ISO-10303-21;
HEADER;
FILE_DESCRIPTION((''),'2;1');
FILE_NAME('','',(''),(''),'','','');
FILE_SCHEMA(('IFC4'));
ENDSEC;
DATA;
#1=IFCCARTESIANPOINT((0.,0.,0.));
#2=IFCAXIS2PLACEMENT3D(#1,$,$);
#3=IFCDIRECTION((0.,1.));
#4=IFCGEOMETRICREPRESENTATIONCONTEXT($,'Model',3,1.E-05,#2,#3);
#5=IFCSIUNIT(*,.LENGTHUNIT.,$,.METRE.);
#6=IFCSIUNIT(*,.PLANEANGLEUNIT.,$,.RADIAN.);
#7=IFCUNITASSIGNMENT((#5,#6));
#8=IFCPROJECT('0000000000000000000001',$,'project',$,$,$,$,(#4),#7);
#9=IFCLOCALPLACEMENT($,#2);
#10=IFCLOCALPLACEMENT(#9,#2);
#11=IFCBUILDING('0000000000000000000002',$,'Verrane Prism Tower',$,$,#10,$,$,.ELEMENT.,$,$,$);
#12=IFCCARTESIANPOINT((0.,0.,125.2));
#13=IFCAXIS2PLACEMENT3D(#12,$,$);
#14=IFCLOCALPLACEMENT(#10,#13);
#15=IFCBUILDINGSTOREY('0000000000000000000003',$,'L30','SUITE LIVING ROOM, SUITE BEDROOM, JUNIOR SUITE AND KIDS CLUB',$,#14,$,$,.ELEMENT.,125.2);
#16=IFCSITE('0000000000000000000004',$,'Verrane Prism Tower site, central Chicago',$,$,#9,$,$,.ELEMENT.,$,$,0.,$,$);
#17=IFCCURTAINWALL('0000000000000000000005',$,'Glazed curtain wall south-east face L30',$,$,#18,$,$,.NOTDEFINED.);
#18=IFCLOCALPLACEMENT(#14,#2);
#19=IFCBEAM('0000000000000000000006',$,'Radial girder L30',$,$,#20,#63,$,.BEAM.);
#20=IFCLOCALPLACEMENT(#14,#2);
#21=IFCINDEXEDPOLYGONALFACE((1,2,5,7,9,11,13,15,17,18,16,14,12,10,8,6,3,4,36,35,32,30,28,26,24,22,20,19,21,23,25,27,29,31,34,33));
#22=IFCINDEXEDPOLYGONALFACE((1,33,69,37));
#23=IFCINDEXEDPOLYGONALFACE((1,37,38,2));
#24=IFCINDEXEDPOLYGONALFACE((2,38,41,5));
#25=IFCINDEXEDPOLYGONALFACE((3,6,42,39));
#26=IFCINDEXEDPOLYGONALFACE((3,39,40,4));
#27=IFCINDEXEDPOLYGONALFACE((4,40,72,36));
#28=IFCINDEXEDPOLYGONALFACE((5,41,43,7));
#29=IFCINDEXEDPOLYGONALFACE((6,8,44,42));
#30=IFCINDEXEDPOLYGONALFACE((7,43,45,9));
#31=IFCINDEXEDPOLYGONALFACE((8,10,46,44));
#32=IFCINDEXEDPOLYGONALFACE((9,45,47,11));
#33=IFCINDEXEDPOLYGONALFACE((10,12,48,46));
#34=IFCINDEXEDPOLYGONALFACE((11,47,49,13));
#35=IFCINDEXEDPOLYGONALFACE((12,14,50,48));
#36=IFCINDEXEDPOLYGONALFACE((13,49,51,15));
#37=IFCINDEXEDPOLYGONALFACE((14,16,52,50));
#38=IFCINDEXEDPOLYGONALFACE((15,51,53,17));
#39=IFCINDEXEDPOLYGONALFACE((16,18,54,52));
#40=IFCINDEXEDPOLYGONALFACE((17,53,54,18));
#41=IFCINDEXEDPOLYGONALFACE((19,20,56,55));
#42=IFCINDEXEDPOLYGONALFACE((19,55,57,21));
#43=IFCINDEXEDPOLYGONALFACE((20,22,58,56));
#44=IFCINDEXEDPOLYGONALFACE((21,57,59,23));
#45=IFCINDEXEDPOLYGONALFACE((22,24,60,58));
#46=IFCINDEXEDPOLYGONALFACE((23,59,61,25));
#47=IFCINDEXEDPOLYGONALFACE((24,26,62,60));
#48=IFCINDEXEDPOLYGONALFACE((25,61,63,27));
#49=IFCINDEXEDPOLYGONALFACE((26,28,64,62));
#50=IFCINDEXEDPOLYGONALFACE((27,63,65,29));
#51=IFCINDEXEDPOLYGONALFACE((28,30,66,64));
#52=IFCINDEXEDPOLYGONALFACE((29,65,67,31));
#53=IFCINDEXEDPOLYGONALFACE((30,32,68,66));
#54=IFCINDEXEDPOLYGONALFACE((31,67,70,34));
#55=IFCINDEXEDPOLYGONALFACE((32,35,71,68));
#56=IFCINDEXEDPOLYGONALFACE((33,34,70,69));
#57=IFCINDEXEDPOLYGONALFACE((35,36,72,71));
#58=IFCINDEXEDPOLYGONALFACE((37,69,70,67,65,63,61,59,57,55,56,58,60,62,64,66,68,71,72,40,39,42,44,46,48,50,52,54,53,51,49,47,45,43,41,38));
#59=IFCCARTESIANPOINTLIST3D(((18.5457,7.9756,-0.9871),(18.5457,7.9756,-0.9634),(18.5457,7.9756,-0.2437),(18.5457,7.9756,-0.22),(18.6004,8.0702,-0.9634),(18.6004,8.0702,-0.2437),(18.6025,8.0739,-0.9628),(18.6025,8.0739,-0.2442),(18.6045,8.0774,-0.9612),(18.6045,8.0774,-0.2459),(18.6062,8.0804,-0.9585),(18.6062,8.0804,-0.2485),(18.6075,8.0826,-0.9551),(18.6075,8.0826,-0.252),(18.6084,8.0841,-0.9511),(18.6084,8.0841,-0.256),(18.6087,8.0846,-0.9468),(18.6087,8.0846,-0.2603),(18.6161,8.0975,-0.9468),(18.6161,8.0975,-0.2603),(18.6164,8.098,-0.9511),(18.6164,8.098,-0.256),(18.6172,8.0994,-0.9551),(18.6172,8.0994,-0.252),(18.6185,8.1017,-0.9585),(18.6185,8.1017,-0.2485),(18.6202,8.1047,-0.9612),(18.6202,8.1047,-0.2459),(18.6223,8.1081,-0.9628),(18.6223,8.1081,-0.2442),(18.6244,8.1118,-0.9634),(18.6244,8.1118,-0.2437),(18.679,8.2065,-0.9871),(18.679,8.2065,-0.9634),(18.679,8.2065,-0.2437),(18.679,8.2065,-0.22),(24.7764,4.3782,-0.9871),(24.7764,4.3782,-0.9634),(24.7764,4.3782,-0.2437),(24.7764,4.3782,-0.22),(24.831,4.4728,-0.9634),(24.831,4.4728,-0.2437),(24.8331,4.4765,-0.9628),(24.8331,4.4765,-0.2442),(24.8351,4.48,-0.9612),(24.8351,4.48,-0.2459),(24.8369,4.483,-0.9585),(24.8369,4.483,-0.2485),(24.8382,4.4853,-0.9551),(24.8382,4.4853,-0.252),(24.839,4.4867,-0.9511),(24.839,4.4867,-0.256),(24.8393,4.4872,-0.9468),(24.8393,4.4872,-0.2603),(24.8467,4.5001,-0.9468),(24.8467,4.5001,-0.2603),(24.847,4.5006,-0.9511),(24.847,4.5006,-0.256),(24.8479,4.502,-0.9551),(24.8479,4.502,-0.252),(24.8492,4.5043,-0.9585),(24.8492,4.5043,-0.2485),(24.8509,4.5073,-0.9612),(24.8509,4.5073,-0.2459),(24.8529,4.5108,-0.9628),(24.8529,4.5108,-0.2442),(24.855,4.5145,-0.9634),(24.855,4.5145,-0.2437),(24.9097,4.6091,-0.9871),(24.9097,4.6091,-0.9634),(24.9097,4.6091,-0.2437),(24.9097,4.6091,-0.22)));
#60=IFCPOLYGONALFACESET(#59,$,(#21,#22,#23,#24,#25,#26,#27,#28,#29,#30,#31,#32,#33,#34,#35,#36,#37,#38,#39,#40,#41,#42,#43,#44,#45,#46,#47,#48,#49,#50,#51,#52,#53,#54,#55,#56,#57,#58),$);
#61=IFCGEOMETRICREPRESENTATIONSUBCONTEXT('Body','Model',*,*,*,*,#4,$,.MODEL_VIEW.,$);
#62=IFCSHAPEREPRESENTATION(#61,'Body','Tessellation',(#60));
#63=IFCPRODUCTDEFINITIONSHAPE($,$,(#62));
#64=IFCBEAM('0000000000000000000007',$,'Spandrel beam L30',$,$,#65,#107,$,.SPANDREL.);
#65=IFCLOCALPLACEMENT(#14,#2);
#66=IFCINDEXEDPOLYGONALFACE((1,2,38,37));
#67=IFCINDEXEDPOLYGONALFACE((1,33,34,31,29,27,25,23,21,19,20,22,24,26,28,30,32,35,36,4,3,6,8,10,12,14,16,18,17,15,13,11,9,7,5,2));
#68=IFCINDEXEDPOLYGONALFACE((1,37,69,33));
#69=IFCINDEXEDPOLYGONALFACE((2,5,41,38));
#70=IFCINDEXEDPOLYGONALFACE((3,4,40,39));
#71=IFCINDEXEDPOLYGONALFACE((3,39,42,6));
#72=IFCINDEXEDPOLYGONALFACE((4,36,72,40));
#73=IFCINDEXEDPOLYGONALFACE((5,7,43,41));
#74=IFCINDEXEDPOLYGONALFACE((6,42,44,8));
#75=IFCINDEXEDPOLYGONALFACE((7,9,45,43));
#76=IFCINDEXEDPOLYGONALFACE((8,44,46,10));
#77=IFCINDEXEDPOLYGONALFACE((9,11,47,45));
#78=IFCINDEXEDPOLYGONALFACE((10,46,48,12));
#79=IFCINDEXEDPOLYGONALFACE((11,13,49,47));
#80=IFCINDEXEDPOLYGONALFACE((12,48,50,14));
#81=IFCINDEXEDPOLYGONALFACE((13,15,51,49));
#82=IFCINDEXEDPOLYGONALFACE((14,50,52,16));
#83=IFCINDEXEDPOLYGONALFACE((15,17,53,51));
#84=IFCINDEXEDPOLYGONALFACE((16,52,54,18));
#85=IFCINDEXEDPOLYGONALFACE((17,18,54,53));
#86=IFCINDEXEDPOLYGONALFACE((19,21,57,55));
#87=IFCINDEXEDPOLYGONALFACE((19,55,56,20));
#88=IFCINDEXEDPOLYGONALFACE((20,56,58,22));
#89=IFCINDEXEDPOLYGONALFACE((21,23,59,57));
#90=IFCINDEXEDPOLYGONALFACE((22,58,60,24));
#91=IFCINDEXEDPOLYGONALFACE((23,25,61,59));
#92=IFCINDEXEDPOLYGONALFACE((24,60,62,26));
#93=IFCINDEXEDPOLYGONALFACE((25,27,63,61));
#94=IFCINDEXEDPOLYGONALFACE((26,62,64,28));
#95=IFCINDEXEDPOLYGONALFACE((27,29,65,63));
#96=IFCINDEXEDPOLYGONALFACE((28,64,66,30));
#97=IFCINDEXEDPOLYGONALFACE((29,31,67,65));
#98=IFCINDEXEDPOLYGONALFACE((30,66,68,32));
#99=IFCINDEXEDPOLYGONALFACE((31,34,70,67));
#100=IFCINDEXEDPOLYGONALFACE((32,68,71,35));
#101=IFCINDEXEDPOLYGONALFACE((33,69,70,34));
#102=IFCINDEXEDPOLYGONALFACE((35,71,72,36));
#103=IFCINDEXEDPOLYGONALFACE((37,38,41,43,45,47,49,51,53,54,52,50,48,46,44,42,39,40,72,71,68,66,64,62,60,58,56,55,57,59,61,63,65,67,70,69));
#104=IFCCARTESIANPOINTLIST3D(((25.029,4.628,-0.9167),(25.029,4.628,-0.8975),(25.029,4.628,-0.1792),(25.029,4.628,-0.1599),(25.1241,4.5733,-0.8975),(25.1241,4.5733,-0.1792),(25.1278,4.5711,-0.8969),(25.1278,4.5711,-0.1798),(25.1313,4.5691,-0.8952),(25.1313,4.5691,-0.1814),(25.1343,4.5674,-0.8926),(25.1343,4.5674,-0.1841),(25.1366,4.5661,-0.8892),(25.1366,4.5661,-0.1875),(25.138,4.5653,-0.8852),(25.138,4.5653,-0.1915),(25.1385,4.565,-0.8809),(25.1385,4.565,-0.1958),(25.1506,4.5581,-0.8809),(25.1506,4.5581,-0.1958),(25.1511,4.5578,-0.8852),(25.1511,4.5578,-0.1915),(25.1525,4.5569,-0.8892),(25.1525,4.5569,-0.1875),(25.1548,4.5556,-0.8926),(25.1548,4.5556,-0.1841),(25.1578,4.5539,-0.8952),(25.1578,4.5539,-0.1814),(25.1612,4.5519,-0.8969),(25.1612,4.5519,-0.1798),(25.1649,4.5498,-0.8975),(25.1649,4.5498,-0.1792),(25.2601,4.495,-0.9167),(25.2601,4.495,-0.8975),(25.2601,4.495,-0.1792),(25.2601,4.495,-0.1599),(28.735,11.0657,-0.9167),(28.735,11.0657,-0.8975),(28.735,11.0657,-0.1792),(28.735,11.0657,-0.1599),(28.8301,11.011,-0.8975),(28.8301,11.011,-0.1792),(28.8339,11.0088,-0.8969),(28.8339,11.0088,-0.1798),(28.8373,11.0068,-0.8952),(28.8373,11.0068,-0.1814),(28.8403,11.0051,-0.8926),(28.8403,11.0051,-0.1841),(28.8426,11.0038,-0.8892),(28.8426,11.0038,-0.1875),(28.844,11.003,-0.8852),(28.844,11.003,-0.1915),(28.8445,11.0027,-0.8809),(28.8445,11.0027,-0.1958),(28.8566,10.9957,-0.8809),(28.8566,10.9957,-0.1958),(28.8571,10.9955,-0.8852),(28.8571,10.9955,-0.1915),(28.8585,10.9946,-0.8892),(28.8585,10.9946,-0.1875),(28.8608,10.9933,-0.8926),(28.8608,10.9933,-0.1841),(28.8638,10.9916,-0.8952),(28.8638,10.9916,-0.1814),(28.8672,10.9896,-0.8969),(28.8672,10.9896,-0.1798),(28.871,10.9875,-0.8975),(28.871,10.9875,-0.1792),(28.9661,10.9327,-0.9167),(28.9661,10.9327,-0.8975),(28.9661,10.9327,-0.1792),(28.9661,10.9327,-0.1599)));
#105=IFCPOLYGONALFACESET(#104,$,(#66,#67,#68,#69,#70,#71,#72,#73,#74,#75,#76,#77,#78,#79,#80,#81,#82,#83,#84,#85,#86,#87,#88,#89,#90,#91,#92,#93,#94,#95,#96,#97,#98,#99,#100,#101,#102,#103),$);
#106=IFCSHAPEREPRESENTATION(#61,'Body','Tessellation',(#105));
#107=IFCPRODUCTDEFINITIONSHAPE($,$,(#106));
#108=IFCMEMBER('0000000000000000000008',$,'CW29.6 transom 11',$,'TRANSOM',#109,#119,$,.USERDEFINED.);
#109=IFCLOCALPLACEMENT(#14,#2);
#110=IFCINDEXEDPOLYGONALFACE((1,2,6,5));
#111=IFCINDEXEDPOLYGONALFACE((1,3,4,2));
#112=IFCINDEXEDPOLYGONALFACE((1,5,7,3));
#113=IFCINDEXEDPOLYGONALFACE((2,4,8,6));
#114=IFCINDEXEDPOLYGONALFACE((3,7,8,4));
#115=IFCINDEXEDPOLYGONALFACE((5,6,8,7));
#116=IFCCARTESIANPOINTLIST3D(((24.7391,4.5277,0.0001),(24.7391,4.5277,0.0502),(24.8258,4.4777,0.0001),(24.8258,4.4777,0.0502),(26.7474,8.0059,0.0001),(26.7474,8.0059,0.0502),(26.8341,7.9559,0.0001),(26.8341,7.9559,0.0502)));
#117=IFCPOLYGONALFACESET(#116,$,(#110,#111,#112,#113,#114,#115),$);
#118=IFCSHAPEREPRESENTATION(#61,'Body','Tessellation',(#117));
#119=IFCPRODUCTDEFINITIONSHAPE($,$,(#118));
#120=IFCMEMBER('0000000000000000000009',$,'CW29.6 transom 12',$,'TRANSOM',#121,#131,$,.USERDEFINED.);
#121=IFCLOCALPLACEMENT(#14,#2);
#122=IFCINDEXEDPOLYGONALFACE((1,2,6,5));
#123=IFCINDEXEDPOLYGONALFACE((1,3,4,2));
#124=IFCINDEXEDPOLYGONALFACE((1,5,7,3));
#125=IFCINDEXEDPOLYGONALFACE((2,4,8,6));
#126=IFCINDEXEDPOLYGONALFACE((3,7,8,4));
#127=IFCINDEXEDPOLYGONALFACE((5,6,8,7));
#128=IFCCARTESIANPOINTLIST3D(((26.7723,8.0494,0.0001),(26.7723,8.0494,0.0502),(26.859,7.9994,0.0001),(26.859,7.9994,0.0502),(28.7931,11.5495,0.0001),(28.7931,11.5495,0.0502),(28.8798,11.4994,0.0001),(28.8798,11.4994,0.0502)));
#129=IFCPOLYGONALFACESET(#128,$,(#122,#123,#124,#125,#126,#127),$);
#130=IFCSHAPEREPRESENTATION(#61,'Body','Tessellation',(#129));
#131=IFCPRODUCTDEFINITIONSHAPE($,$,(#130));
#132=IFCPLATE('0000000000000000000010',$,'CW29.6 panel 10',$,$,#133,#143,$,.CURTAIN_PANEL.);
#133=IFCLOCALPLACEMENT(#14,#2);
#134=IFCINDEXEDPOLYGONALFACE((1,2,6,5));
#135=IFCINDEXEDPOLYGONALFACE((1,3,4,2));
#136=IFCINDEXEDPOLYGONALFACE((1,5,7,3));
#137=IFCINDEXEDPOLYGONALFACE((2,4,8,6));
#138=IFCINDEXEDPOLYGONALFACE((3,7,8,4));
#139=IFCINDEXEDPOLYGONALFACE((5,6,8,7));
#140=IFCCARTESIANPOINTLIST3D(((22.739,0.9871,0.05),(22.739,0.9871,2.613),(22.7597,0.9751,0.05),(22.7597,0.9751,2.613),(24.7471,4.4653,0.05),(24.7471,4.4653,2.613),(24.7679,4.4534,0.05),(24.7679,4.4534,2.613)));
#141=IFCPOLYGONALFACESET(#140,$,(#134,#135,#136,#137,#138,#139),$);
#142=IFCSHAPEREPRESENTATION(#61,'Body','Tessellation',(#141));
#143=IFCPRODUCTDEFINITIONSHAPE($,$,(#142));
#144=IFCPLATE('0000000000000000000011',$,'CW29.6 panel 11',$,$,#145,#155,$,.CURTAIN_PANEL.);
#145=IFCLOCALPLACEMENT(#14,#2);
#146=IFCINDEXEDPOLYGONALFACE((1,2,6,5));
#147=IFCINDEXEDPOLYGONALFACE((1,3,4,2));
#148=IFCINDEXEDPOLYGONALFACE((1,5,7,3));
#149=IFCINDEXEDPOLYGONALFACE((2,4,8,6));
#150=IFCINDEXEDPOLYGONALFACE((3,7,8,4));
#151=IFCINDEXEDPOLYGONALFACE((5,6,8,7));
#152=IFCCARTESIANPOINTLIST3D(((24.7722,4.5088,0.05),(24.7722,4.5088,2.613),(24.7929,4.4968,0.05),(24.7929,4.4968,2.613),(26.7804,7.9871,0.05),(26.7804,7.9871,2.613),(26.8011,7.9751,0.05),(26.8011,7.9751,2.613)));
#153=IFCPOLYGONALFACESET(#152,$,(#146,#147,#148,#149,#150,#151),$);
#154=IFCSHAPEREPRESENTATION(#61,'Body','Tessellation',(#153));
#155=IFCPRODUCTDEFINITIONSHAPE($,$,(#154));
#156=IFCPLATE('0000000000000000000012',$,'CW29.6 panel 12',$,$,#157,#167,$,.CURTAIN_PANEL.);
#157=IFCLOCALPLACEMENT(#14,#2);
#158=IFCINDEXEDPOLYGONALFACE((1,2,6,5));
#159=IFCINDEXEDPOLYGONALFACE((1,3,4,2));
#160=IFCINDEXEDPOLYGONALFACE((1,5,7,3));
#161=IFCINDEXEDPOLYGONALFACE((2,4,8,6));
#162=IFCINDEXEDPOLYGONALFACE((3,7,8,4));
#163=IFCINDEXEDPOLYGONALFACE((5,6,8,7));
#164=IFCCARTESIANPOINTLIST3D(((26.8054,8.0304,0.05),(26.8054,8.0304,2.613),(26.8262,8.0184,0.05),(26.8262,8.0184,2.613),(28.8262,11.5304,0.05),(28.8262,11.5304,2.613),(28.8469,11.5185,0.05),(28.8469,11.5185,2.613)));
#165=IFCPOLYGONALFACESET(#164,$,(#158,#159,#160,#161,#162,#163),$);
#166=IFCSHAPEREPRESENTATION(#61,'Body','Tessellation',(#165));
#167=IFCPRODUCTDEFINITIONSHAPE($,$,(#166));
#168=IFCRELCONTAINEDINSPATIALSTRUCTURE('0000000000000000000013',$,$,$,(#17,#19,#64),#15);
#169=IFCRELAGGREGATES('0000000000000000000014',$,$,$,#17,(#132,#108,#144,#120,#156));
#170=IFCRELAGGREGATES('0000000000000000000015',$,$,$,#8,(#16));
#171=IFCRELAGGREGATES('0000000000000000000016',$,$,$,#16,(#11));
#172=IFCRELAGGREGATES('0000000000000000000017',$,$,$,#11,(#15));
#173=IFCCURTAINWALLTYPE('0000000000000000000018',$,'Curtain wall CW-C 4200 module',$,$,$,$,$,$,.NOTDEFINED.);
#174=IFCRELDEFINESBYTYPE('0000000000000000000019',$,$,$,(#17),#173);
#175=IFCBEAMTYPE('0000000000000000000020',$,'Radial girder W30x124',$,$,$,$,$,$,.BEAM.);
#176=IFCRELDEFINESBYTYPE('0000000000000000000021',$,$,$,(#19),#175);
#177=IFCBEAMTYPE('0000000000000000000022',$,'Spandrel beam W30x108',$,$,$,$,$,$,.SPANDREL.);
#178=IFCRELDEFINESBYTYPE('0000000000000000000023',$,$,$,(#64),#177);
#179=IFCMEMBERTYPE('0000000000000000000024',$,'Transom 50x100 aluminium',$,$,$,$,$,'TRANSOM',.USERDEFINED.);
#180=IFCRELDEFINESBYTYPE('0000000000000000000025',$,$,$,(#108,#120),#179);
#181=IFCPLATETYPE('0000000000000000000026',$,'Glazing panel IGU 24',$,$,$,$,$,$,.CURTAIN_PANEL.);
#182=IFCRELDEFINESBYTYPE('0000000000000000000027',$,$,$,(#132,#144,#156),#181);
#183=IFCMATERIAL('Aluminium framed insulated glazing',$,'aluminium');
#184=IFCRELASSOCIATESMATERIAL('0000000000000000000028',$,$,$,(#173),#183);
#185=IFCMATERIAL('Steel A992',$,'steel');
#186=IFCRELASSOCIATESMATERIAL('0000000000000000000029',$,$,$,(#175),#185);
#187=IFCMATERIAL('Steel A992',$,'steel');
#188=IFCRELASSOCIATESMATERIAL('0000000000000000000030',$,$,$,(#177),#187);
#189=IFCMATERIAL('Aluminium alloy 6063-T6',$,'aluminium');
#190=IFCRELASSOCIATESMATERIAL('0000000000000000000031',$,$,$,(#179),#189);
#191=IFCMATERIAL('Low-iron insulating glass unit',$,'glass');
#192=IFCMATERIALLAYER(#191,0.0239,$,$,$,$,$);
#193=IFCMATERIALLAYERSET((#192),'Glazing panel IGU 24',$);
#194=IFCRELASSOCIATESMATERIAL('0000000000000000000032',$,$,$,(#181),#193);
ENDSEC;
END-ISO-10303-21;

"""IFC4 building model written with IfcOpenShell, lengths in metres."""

from ifc_helpers import new_model, si_unit, direction, frame, origin, origin_2d, place, context, subcontext, project, spatial, rectangle, i_section, extrude, material, layer, layer_set, material_profile, profile_set, type_object, element, aggregate, save


model = new_model("IFC4")

# Units and contexts
model_context = context("Model", 3, precision=1e-05, world=origin(), true_north=direction((0.0, 1.0)))
body_context = subcontext(model_context, "Body", "Model", "MODEL_VIEW")
ifc_project = project(units=[si_unit("LENGTHUNIT", "METRE"), si_unit("PLANEANGLEUNIT", "RADIAN")], contexts=[model_context])

# Site, building, storey
site_placement = place(None, origin())
site = spatial("IfcSite", under=ifc_project, at=site_placement, Name="Verrane Prism Tower site, central Chicago", CompositionType="ELEMENT", RefElevation=0.0)
building_placement = place(site_placement, origin())
building = spatial("IfcBuilding", under=site, at=building_placement, Name="Verrane Prism Tower", CompositionType="ELEMENT")
storey_placement = place(building_placement, frame((0.0, 0.0, 125.2)))
storey = spatial("IfcBuildingStorey", under=building, at=storey_placement, Name="L30", Description="SUITE LIVING ROOM, SUITE BEDROOM, JUNIOR SUITE AND KIDS CLUB", CompositionType="ELEMENT", Elevation=125.2)

# Curtain wall
ifc_material_1 = material(Name="Aluminium framed insulated glazing", Category="aluminium")
curtain_wall_type = type_object("IfcCurtainWallType", Name="Curtain wall CW-C 4200 module", PredefinedType="NOTDEFINED", material=ifc_material_1)
curtain_wall_placement = place(storey_placement, origin())
curtain_wall = element("IfcCurtainWall", 1, at=curtain_wall_placement, inside=storey, type_object=curtain_wall_type, Name="Glazed curtain wall south-east face L30", PredefinedType="NOTDEFINED")

# Beams
ifc_material_2 = material(Name="Steel A992", Category="steel")
ifc_material_profile_1 = material_profile(ifc_material_2, i_section(OverallWidth=0.2666, OverallDepth=0.7671, WebThickness=0.0149, FlangeThickness=0.0237, FilletRadius=0.0166, at=origin_2d()), Name="W30x124")
ifc_profile_set_1 = profile_set([ifc_material_profile_1], Name="Steel A992")
beam_type_1 = type_object("IfcBeamType", Name="Radial girder W30x124", PredefinedType="BEAM", material=ifc_profile_set_1)
beam_1_placement = place(storey_placement, frame((24.843, 4.4937, -0.6035), z_axis=(-0.866019, 0.500011, 0.0), x_axis=(-0.500011, -0.866019, 0.0)))
element("IfcBeam", 2, at=beam_1_placement, inside=storey, type_object=beam_type_1, Name="Radial girder L30", PredefinedType="BEAM", context=body_context, shape_type="SweptSolid", body=[
    extrude(i_section(OverallWidth=0.2666, OverallDepth=0.7671, WebThickness=0.0149, FlangeThickness=0.0237, FilletRadius=0.0166, at=origin_2d()), origin(), (0.0, 0.0, 1.0), 7.1946),
])
ifc_material_3 = material(Name="Steel A992", Category="steel")
ifc_material_profile_2 = material_profile(ifc_material_3, i_section(OverallWidth=0.2666, OverallDepth=0.7568, WebThickness=0.0139, FlangeThickness=0.0193, FilletRadius=0.0166, at=origin_2d()), Name="W30x108")
ifc_profile_set_2 = profile_set([ifc_material_profile_2], Name="Steel A992")
beam_type_2 = type_object("IfcBeamType", Name="Spandrel beam W30x108", PredefinedType="SPANDREL", material=ifc_profile_set_2)
beam_2_placement = place(storey_placement, frame((25.1445, 4.5615, -0.5383), z_axis=(0.498911, 0.866653, 0.0), x_axis=(-0.866653, 0.498911, 0.0)))
element("IfcBeam", 3, at=beam_2_placement, inside=storey, type_object=beam_type_2, Name="Spandrel beam L30", PredefinedType="SPANDREL", context=body_context, shape_type="SweptSolid", body=[
    extrude(i_section(OverallWidth=0.2666, OverallDepth=0.7568, WebThickness=0.0139, FlangeThickness=0.0193, FilletRadius=0.0166, at=origin_2d()), origin(), (0.0, 0.0, 1.0), 7.4282),
])

# Members
ifc_material_4 = material(Name="Aluminium alloy 6063-T6", Category="aluminium")
ifc_material_profile_3 = material_profile(ifc_material_4, rectangle(XDim=0.1001, YDim=0.05, at=origin_2d()), Name="Transom 50x100 aluminium")
ifc_profile_set_3 = profile_set([ifc_material_profile_3], Name="Aluminium alloy 6063-T6")
member_type_1 = type_object("IfcMemberType", Name="Transom 50x100 aluminium", ElementType="TRANSOM", PredefinedType="USERDEFINED", material=ifc_profile_set_3)
member_1_placement = place(storey_placement, frame((24.7825, 4.5027, 0.0251), z_axis=(0.500022, 0.866012, 0.0), x_axis=(-0.866012, 0.500022, 0.0)))
member_1 = element("IfcMember", 4, at=member_1_placement, type_object=member_type_1, Name="CW29.6 transom 11", ObjectType="TRANSOM", PredefinedType="USERDEFINED", context=body_context, shape_type="SweptSolid", body=[
    extrude(rectangle(XDim=0.1001, YDim=0.05, at=origin_2d()), origin(), (0.0, 0.0, 1.0), 4.0164),
])
member_2_placement = place(storey_placement, frame((26.8157, 8.0244, 0.0251), z_axis=(0.500005, 0.866023, 0.0), x_axis=(-0.866023, 0.500005, 0.0)))
member_2 = element("IfcMember", 5, at=member_2_placement, type_object=member_type_1, Name="CW29.6 transom 12", ObjectType="TRANSOM", PredefinedType="USERDEFINED", context=body_context, shape_type="SweptSolid", body=[
    extrude(rectangle(XDim=0.1001, YDim=0.05, at=origin_2d()), origin(), (0.0, 0.0, 1.0), 4.0415),
])

# Plates
ifc_material_5 = material(Name="Low-iron insulating glass unit", Category="glass")
ifc_layer_1 = layer(ifc_material_5, 0.0239)
ifc_layer_set_1 = layer_set([ifc_layer_1], Name="Glazing panel IGU 24")
plate_type = type_object("IfcPlateType", Name="Glazing panel IGU 24", PredefinedType="CURTAIN_PANEL", material=ifc_layer_set_1)
plate_1_placement = place(storey_placement, frame((23.7534, 2.7202, 0.05), z_axis=(0.0, 0.0, 1.0), x_axis=(0.5, 0.866025, 0.0)))
plate_1 = element("IfcPlate", 6, at=plate_1_placement, type_object=plate_type, Name="CW29.6 panel 10", PredefinedType="CURTAIN_PANEL", context=body_context, shape_type="SweptSolid", body=[
    extrude(rectangle(XDim=4.0164, YDim=0.0239, at=origin_2d()), origin(), (0.0, 0.0, 1.0), 2.563),
])
plate_2_placement = place(storey_placement, frame((25.7866, 6.2419, 0.05), z_axis=(0.0, 0.0, 1.0), x_axis=(0.5, 0.866025, 0.0)))
plate_2 = element("IfcPlate", 7, at=plate_2_placement, type_object=plate_type, Name="CW29.6 panel 11", PredefinedType="CURTAIN_PANEL", context=body_context, shape_type="SweptSolid", body=[
    extrude(rectangle(XDim=4.0164, YDim=0.0239, at=origin_2d()), origin(), (0.0, 0.0, 1.0), 2.563),
])
plate_3_placement = place(storey_placement, frame((27.8262, 9.7744, 0.05), z_axis=(0.0, 0.0, 1.0), x_axis=(0.5, 0.866025, 0.0)))
plate_3 = element("IfcPlate", 8, at=plate_3_placement, type_object=plate_type, Name="CW29.6 panel 12", PredefinedType="CURTAIN_PANEL", context=body_context, shape_type="SweptSolid", body=[
    extrude(rectangle(XDim=4.0415, YDim=0.0239, at=origin_2d()), origin(), (0.0, 0.0, 1.0), 2.563),
])
aggregate(curtain_wall, [plate_1, member_1, plate_2, member_2, plate_3])

save(model, "model.ifc")
